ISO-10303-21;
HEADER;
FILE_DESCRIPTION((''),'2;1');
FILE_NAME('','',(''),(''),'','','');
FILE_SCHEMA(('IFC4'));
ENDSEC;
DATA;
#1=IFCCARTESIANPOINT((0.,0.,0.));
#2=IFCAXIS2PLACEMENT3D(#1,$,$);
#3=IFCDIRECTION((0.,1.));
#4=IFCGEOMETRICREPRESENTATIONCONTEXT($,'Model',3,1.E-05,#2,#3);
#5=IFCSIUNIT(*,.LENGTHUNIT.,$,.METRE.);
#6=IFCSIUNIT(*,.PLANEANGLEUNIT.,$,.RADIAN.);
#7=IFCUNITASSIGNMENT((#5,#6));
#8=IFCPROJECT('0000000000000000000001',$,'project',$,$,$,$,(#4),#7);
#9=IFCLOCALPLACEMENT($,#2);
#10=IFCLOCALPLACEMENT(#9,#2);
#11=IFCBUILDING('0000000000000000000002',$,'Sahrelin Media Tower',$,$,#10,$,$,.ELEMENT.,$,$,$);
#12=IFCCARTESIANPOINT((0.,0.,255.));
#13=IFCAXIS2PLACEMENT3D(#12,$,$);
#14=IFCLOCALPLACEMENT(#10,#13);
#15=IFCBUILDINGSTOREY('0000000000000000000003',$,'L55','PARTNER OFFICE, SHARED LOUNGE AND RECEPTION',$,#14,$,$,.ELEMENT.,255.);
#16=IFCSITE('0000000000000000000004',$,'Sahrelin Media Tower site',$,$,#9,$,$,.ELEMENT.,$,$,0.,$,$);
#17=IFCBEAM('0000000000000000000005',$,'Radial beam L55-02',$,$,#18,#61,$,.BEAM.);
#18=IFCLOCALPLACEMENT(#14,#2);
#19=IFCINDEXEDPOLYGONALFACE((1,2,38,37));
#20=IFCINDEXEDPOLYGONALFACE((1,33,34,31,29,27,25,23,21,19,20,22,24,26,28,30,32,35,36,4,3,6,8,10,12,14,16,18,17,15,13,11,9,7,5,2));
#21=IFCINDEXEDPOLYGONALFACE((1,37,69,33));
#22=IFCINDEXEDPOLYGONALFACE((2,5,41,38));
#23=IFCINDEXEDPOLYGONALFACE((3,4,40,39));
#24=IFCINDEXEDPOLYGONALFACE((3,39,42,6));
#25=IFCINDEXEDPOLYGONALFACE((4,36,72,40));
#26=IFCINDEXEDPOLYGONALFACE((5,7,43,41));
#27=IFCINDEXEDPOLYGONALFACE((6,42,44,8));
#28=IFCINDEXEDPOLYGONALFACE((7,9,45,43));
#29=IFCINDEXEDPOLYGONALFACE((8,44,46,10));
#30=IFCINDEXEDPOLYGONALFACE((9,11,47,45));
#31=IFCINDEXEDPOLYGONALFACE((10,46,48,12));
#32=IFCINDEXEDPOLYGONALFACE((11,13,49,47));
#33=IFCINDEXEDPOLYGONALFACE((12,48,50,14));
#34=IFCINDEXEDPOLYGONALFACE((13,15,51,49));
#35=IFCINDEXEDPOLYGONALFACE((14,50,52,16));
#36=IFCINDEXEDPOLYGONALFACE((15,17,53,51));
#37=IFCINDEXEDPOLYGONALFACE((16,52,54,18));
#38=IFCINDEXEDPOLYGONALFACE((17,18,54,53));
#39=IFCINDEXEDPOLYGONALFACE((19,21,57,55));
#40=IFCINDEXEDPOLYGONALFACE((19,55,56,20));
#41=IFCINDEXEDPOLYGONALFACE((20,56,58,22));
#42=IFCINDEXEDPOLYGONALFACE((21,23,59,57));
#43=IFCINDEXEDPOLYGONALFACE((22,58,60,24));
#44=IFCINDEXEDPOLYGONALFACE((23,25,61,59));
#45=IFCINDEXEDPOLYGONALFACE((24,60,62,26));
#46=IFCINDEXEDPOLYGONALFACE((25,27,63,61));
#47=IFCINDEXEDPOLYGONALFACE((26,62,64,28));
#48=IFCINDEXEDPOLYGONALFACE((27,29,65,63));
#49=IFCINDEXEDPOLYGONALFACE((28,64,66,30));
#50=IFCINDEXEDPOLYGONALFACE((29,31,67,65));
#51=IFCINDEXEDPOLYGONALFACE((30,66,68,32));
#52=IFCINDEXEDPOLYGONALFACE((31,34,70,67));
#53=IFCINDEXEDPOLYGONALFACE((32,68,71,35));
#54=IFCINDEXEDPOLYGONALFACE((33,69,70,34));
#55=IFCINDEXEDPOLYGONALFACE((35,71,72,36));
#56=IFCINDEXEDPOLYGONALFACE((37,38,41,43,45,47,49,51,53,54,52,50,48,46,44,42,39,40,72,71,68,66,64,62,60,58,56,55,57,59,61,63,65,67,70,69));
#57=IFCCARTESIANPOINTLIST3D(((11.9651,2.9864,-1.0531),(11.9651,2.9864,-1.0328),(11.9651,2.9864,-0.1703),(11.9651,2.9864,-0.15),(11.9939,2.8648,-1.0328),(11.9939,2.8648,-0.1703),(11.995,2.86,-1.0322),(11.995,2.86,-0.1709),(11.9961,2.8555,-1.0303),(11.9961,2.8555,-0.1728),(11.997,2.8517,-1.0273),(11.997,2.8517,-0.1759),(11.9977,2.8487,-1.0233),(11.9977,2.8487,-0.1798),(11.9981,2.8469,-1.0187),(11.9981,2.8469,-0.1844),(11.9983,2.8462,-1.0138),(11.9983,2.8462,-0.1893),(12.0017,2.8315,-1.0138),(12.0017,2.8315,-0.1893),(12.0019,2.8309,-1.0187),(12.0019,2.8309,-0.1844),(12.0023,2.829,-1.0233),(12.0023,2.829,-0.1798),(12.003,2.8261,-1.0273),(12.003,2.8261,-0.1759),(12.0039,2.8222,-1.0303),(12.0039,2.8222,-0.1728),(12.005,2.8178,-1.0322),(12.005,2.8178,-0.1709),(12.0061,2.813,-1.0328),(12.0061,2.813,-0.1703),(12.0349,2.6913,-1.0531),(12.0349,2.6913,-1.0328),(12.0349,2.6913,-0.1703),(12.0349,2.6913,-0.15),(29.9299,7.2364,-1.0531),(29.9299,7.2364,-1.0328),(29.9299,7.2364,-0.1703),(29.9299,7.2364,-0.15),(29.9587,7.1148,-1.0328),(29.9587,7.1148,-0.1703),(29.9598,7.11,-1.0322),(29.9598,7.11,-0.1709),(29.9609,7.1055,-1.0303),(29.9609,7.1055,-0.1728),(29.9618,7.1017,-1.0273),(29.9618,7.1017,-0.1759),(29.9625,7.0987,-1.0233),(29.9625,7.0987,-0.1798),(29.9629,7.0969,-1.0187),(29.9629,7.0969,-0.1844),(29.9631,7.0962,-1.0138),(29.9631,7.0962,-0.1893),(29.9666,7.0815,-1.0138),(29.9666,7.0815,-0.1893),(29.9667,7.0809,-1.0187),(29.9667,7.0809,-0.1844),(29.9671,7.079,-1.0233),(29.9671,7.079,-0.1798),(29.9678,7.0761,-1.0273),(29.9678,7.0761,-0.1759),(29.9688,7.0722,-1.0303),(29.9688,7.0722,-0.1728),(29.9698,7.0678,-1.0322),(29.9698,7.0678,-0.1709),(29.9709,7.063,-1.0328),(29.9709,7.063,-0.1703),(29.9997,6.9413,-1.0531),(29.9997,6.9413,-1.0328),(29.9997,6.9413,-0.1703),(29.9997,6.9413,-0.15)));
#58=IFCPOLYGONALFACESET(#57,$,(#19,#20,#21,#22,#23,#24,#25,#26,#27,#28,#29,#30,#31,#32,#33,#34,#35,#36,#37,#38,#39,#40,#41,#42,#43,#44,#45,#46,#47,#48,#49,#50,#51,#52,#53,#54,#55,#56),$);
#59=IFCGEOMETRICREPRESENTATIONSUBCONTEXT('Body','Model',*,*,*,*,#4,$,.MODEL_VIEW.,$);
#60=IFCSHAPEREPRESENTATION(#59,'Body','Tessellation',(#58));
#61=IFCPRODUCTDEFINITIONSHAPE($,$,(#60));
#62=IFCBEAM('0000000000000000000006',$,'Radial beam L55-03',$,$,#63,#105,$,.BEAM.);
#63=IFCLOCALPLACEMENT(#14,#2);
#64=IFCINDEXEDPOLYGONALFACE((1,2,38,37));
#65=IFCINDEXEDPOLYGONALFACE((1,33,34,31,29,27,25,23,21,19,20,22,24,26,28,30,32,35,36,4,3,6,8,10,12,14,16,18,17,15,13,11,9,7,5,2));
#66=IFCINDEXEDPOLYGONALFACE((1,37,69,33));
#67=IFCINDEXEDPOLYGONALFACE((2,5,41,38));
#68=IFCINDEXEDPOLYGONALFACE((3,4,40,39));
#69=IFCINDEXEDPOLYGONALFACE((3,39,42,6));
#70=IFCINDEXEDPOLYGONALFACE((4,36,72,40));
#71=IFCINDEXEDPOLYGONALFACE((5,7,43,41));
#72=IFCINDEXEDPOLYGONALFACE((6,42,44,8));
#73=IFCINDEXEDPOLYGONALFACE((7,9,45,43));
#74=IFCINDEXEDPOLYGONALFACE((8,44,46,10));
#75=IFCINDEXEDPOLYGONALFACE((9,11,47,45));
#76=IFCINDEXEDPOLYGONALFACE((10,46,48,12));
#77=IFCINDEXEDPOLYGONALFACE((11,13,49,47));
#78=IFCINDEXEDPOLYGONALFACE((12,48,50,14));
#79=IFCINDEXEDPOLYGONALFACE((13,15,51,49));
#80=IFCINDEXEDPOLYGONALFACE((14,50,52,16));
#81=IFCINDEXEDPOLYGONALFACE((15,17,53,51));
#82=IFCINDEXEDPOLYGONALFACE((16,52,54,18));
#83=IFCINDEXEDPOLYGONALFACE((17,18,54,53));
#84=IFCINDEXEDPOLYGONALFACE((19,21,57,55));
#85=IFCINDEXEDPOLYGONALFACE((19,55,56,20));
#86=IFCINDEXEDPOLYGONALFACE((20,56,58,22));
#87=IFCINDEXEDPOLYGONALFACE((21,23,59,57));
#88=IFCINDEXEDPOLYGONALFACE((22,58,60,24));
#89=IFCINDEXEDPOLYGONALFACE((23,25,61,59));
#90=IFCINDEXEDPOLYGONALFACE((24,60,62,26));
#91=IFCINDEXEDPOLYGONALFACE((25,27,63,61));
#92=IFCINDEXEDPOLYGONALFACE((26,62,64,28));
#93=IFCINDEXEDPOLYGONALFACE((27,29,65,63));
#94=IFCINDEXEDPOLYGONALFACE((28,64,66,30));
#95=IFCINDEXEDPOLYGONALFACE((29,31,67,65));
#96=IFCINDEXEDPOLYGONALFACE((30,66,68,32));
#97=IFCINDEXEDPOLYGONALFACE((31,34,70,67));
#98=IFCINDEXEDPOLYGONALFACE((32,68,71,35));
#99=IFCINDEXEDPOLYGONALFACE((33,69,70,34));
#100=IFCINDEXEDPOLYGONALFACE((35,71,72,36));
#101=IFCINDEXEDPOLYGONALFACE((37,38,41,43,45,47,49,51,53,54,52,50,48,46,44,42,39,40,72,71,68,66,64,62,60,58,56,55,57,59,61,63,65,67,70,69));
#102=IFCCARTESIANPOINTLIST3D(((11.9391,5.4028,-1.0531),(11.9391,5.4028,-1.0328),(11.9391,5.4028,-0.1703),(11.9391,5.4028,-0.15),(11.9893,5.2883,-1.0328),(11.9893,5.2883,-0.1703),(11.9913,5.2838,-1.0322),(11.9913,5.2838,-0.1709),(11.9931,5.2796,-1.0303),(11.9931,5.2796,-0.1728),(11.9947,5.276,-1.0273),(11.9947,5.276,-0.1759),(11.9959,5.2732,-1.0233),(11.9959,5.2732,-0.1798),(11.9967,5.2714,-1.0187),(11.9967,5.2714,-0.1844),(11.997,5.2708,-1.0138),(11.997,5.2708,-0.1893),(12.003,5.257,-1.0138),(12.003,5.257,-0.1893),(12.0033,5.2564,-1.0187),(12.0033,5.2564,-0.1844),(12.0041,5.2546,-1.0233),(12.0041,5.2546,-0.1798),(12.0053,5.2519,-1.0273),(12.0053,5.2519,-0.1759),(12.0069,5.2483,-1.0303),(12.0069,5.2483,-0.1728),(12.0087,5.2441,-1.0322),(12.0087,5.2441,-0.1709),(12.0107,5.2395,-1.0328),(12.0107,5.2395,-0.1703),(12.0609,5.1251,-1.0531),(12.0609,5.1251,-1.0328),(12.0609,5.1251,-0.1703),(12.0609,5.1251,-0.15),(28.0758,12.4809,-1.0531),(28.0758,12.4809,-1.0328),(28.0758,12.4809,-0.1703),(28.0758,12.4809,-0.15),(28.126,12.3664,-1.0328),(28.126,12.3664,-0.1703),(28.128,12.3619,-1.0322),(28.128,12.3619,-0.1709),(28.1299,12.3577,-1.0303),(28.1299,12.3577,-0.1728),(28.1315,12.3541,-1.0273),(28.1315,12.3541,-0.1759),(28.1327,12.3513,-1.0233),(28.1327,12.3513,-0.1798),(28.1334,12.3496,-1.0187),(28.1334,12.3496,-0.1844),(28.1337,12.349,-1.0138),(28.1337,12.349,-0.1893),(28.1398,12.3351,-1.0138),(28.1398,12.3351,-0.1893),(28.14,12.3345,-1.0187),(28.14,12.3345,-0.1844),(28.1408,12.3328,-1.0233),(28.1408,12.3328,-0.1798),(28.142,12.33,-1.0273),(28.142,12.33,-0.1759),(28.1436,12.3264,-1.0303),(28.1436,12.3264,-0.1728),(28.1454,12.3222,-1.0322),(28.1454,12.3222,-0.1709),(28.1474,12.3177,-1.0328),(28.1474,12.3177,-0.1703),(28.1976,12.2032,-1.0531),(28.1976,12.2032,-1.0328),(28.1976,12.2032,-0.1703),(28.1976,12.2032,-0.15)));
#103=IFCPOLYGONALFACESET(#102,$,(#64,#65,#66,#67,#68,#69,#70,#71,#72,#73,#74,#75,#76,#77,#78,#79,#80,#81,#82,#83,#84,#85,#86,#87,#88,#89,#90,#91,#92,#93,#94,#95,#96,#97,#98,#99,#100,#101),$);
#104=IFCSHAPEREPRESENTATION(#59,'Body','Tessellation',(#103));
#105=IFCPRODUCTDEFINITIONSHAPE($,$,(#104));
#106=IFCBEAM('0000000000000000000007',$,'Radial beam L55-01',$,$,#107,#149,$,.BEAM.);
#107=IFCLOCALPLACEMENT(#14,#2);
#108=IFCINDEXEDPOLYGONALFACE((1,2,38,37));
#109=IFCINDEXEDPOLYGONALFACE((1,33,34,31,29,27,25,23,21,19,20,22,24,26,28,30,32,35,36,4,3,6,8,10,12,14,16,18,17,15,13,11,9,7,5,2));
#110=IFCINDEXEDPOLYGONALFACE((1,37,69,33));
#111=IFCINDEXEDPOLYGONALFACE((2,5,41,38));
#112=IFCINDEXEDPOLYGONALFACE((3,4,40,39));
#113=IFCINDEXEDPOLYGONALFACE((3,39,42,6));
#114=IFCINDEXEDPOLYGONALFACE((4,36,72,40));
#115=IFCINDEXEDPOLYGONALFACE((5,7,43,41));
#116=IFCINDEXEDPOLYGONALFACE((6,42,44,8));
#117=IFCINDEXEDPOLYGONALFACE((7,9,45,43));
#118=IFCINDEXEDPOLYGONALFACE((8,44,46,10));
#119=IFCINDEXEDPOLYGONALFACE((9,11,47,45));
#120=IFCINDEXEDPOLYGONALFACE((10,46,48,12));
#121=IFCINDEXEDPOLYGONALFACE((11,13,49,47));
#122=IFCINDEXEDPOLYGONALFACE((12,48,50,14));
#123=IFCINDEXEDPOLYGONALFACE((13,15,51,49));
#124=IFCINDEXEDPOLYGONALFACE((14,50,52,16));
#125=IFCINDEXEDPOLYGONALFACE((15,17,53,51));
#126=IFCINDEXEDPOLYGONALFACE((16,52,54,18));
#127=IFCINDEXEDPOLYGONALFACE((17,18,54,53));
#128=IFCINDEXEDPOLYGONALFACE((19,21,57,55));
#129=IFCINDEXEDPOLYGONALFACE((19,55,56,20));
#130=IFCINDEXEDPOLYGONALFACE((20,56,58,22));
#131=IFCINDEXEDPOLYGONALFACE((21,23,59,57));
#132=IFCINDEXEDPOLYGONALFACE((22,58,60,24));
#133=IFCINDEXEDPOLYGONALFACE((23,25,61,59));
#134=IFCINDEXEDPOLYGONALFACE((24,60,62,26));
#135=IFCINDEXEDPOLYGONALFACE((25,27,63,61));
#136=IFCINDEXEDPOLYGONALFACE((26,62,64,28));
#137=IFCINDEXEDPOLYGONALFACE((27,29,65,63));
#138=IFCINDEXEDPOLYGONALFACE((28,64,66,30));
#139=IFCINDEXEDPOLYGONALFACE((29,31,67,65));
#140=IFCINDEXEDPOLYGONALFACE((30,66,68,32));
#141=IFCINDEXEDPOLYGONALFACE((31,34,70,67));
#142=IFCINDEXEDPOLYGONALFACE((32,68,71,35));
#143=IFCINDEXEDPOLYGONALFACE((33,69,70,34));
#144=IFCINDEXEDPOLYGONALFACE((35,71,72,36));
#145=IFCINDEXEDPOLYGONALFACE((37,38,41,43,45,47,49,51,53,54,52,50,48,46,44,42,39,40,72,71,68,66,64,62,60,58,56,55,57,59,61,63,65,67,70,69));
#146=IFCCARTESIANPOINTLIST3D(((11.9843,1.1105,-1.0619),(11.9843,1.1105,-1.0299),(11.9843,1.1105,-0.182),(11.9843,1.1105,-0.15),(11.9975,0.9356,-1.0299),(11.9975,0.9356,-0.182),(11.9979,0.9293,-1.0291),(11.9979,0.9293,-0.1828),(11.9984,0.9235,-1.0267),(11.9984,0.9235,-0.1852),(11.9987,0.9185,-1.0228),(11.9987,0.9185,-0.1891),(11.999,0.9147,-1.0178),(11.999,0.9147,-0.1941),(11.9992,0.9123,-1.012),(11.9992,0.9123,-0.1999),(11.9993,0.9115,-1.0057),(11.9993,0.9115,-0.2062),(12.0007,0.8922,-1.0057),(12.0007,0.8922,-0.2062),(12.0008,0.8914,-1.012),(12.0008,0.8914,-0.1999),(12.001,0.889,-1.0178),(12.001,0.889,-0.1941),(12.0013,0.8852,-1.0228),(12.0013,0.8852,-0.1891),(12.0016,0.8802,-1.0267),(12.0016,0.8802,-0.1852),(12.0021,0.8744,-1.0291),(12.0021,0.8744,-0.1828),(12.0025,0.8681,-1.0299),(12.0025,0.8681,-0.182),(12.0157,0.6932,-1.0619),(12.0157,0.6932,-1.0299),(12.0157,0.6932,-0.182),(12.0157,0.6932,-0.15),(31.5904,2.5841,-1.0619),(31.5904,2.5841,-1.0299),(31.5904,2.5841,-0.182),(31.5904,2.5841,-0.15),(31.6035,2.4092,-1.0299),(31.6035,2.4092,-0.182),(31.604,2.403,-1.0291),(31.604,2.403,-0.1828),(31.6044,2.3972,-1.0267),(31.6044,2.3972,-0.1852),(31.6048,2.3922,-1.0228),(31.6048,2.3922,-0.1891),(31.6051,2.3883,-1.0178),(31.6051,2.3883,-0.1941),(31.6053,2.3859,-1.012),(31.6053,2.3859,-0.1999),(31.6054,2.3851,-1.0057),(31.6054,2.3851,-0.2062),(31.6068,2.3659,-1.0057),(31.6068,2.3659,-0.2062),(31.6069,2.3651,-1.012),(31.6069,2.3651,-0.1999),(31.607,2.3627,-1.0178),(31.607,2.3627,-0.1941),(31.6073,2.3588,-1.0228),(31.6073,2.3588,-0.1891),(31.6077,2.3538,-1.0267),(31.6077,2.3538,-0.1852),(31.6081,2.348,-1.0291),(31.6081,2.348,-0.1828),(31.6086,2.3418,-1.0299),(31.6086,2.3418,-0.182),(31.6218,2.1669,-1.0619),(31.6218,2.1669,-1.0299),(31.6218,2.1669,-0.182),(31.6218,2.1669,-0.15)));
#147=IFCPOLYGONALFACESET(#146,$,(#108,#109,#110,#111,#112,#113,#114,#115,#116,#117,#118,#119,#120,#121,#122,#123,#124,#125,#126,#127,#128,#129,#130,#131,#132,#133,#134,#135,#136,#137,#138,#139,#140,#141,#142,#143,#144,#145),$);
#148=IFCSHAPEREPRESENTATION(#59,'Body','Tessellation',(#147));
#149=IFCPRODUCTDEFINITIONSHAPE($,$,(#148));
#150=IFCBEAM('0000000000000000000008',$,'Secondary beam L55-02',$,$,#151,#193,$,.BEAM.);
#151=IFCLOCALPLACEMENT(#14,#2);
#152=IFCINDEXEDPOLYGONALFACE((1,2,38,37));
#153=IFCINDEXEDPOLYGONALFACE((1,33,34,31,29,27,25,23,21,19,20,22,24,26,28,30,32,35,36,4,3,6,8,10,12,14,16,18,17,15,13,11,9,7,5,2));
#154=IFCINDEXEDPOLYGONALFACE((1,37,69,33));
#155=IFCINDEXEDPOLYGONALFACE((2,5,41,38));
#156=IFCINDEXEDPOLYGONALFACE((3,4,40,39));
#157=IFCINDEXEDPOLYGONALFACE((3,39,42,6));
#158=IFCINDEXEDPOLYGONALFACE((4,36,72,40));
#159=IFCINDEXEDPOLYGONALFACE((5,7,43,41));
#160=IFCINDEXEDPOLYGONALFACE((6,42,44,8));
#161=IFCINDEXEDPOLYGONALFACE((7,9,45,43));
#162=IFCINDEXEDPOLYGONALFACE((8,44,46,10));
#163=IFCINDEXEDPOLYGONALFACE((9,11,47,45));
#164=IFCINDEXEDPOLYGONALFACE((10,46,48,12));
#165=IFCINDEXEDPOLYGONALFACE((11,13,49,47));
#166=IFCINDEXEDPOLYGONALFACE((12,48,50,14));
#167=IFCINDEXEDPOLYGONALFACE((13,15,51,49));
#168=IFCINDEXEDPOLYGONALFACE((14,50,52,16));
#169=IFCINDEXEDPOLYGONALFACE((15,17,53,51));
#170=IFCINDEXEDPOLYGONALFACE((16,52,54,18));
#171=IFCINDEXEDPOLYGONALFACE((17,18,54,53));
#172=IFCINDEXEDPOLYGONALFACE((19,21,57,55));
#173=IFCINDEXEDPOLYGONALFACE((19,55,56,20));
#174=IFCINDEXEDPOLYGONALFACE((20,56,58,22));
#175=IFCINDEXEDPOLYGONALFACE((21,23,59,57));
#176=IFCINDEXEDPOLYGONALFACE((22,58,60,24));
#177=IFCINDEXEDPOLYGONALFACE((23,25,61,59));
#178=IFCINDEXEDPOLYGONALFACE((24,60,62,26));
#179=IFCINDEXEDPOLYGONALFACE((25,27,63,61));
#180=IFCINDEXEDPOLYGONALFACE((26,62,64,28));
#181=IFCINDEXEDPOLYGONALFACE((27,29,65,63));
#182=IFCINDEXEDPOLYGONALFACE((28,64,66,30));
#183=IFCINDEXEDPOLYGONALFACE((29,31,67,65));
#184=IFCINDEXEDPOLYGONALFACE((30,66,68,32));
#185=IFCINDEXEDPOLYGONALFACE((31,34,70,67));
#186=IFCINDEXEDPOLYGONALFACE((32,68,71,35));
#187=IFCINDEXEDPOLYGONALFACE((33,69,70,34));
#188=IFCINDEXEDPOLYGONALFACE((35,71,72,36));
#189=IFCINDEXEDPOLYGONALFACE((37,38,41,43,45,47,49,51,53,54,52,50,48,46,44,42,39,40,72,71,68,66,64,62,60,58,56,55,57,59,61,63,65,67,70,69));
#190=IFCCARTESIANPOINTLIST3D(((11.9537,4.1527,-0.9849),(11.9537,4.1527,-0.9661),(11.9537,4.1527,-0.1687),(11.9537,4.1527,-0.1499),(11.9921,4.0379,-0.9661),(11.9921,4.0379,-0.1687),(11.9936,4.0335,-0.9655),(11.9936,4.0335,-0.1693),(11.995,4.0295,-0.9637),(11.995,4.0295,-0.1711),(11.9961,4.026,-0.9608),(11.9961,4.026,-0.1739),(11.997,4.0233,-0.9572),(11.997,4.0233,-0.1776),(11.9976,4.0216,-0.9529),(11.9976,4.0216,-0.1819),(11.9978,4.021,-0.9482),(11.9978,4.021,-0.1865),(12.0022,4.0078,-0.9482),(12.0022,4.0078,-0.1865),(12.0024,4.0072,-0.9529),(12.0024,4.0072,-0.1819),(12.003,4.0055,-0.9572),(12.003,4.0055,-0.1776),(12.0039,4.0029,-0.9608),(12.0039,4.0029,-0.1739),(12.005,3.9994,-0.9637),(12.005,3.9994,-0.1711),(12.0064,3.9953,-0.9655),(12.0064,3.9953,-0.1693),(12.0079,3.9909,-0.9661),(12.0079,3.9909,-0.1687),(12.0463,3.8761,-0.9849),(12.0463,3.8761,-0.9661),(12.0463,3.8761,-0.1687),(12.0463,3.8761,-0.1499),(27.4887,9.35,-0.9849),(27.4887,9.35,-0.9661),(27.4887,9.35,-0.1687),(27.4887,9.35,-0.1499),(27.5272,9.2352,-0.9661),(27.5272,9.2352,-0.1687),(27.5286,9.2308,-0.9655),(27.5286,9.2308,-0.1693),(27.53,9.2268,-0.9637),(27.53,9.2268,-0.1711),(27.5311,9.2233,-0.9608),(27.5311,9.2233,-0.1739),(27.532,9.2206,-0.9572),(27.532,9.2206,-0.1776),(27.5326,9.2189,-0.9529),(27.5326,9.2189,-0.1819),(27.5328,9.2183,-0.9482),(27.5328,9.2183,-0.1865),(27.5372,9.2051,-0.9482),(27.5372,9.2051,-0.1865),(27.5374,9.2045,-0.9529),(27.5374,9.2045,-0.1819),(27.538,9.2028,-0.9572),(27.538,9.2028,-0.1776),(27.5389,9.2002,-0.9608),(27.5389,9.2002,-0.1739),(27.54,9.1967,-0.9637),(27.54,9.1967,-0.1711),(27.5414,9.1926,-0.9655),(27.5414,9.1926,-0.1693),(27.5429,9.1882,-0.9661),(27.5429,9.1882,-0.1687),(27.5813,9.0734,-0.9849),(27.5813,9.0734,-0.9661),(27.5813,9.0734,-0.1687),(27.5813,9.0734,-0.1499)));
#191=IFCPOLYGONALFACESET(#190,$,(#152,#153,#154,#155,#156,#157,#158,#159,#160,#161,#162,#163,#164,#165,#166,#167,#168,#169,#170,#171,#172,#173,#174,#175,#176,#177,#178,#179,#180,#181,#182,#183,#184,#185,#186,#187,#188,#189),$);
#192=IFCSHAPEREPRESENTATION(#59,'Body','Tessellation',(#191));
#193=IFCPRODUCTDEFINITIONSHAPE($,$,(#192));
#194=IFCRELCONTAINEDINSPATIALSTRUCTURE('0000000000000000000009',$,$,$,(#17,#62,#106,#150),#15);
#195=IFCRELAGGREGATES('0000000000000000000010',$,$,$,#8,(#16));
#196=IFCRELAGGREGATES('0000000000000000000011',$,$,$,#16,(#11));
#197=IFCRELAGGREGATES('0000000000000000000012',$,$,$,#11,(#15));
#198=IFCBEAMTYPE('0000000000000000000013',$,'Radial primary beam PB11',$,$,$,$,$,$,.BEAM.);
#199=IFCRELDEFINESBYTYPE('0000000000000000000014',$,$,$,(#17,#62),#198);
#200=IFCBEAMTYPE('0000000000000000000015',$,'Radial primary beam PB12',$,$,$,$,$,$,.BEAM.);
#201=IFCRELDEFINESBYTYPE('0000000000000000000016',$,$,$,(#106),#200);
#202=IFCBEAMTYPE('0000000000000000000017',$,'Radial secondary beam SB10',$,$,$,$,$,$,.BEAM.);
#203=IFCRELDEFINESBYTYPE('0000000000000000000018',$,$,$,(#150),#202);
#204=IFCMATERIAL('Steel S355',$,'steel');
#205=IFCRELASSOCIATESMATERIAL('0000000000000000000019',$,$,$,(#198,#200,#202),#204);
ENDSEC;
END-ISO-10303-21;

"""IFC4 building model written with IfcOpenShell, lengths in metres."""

from ifc_helpers import new_model, si_unit, direction, frame, origin, origin_2d, place, context, subcontext, project, spatial, i_section, extrude, material, material_profile, profile_set, type_object, element, save


model = new_model("IFC4")

# Units and contexts
model_context = context("Model", 3, precision=1e-05, world=origin(), true_north=direction((0.0, 1.0)))
body_context = subcontext(model_context, "Body", "Model", "MODEL_VIEW")
ifc_project = project(units=[si_unit("LENGTHUNIT", "METRE"), si_unit("PLANEANGLEUNIT", "RADIAN")], contexts=[model_context])

# Site, building, storey
site_placement = place(None, origin())
site = spatial("IfcSite", under=ifc_project, at=site_placement, Name="Sahrelin Media Tower site", CompositionType="ELEMENT", RefElevation=0.0)
building_placement = place(site_placement, origin())
building = spatial("IfcBuilding", under=site, at=building_placement, Name="Sahrelin Media Tower", CompositionType="ELEMENT")
storey_placement = place(building_placement, frame((0.0, 0.0, 255.0)))
storey = spatial("IfcBuildingStorey", under=building, at=storey_placement, Name="L55", Description="PARTNER OFFICE, SHARED LOUNGE AND RECEPTION", CompositionType="ELEMENT", Elevation=255.0)

# Beams
ifc_material_1 = material(Name="Steel S355", Category="steel")
ifc_material_profile_1 = material_profile(ifc_material_1, i_section(OverallWidth=0.3032, OverallDepth=0.9031, WebThickness=0.0151, FlangeThickness=0.0203, FilletRadius=0.019, at=origin_2d()), Name="UB 914x305x201")
ifc_profile_set_1 = profile_set([ifc_material_profile_1], Name="Steel S355")
beam_type_1 = type_object("IfcBeamType", Name="Radial primary beam PB11", PredefinedType="BEAM", material=ifc_profile_set_1)
beam_1_placement = place(storey_placement, frame((12.0, 2.8389, -0.6016), z_axis=(0.973139, 0.230219, 0.0), x_axis=(-0.230219, 0.973139, 0.0)))
element("IfcBeam", 1, at=beam_1_placement, inside=storey, type_object=beam_type_1, Name="Radial beam L55-02", PredefinedType="BEAM", context=body_context, shape_type="SweptSolid", body=[
    extrude(i_section(OverallWidth=0.3032, OverallDepth=0.9031, WebThickness=0.0151, FlangeThickness=0.0203, FilletRadius=0.019, at=origin_2d()), origin(), (0.0, 0.0, 1.0), 18.4607),
])
beam_2_placement = place(storey_placement, frame((12.0, 5.2639, -0.6016), z_axis=(0.915775, 0.401691, 0.0), x_axis=(-0.401691, 0.915775, 0.0)))
element("IfcBeam", 2, at=beam_2_placement, inside=storey, type_object=beam_type_1, Name="Radial beam L55-03", PredefinedType="BEAM", context=body_context, shape_type="SweptSolid", body=[
    extrude(i_section(OverallWidth=0.3032, OverallDepth=0.9031, WebThickness=0.0151, FlangeThickness=0.0203, FilletRadius=0.019, at=origin_2d()), origin(), (0.0, 0.0, 1.0), 17.6208),
])
ifc_material_profile_2 = material_profile(ifc_material_1, i_section(OverallWidth=0.4185, OverallDepth=0.9119, WebThickness=0.0193, FlangeThickness=0.032, FilletRadius=0.0242, at=origin_2d()), Name="UB 914x419x343")
ifc_profile_set_2 = profile_set([ifc_material_profile_2], Name="Steel S355")
beam_type_2 = type_object("IfcBeamType", Name="Radial primary beam PB12", PredefinedType="BEAM", material=ifc_profile_set_2)
beam_3_placement = place(storey_placement, frame((12.0, 0.9019, -0.606), z_axis=(0.997187, 0.074951, 0.0), x_axis=(-0.074951, 0.997187, 0.0)))
element("IfcBeam", 3, at=beam_3_placement, inside=storey, type_object=beam_type_2, Name="Radial beam L55-01", PredefinedType="BEAM", context=body_context, shape_type="SweptSolid", body=[
    extrude(i_section(OverallWidth=0.4185, OverallDepth=0.9119, WebThickness=0.0193, FlangeThickness=0.032, FilletRadius=0.0242, at=origin_2d()), origin(), (0.0, 0.0, 1.0), 19.6614),
])
ifc_material_profile_3 = material_profile(ifc_material_1, i_section(OverallWidth=0.2917, OverallDepth=0.835, WebThickness=0.0139, FlangeThickness=0.0188, FilletRadius=0.0178, at=origin_2d()), Name="UB 838x292x176")
ifc_profile_set_3 = profile_set([ifc_material_profile_3], Name="Steel S355")
beam_type_3 = type_object("IfcBeamType", Name="Radial secondary beam SB10", PredefinedType="BEAM", material=ifc_profile_set_3)
beam_4_placement = place(storey_placement, frame((12.0, 4.0144, -0.5674), z_axis=(0.948335, 0.317269, 0.0), x_axis=(-0.317269, 0.948335, 0.0)))
element("IfcBeam", 4, at=beam_4_placement, inside=storey, type_object=beam_type_3, Name="Secondary beam L55-02", PredefinedType="BEAM", context=body_context, shape_type="SweptSolid", body=[
    extrude(i_section(OverallWidth=0.2917, OverallDepth=0.835, WebThickness=0.0139, FlangeThickness=0.0188, FilletRadius=0.0178, at=origin_2d()), origin(), (0.0, 0.0, 1.0), 16.3813),
])

save(model, "model.ifc")
